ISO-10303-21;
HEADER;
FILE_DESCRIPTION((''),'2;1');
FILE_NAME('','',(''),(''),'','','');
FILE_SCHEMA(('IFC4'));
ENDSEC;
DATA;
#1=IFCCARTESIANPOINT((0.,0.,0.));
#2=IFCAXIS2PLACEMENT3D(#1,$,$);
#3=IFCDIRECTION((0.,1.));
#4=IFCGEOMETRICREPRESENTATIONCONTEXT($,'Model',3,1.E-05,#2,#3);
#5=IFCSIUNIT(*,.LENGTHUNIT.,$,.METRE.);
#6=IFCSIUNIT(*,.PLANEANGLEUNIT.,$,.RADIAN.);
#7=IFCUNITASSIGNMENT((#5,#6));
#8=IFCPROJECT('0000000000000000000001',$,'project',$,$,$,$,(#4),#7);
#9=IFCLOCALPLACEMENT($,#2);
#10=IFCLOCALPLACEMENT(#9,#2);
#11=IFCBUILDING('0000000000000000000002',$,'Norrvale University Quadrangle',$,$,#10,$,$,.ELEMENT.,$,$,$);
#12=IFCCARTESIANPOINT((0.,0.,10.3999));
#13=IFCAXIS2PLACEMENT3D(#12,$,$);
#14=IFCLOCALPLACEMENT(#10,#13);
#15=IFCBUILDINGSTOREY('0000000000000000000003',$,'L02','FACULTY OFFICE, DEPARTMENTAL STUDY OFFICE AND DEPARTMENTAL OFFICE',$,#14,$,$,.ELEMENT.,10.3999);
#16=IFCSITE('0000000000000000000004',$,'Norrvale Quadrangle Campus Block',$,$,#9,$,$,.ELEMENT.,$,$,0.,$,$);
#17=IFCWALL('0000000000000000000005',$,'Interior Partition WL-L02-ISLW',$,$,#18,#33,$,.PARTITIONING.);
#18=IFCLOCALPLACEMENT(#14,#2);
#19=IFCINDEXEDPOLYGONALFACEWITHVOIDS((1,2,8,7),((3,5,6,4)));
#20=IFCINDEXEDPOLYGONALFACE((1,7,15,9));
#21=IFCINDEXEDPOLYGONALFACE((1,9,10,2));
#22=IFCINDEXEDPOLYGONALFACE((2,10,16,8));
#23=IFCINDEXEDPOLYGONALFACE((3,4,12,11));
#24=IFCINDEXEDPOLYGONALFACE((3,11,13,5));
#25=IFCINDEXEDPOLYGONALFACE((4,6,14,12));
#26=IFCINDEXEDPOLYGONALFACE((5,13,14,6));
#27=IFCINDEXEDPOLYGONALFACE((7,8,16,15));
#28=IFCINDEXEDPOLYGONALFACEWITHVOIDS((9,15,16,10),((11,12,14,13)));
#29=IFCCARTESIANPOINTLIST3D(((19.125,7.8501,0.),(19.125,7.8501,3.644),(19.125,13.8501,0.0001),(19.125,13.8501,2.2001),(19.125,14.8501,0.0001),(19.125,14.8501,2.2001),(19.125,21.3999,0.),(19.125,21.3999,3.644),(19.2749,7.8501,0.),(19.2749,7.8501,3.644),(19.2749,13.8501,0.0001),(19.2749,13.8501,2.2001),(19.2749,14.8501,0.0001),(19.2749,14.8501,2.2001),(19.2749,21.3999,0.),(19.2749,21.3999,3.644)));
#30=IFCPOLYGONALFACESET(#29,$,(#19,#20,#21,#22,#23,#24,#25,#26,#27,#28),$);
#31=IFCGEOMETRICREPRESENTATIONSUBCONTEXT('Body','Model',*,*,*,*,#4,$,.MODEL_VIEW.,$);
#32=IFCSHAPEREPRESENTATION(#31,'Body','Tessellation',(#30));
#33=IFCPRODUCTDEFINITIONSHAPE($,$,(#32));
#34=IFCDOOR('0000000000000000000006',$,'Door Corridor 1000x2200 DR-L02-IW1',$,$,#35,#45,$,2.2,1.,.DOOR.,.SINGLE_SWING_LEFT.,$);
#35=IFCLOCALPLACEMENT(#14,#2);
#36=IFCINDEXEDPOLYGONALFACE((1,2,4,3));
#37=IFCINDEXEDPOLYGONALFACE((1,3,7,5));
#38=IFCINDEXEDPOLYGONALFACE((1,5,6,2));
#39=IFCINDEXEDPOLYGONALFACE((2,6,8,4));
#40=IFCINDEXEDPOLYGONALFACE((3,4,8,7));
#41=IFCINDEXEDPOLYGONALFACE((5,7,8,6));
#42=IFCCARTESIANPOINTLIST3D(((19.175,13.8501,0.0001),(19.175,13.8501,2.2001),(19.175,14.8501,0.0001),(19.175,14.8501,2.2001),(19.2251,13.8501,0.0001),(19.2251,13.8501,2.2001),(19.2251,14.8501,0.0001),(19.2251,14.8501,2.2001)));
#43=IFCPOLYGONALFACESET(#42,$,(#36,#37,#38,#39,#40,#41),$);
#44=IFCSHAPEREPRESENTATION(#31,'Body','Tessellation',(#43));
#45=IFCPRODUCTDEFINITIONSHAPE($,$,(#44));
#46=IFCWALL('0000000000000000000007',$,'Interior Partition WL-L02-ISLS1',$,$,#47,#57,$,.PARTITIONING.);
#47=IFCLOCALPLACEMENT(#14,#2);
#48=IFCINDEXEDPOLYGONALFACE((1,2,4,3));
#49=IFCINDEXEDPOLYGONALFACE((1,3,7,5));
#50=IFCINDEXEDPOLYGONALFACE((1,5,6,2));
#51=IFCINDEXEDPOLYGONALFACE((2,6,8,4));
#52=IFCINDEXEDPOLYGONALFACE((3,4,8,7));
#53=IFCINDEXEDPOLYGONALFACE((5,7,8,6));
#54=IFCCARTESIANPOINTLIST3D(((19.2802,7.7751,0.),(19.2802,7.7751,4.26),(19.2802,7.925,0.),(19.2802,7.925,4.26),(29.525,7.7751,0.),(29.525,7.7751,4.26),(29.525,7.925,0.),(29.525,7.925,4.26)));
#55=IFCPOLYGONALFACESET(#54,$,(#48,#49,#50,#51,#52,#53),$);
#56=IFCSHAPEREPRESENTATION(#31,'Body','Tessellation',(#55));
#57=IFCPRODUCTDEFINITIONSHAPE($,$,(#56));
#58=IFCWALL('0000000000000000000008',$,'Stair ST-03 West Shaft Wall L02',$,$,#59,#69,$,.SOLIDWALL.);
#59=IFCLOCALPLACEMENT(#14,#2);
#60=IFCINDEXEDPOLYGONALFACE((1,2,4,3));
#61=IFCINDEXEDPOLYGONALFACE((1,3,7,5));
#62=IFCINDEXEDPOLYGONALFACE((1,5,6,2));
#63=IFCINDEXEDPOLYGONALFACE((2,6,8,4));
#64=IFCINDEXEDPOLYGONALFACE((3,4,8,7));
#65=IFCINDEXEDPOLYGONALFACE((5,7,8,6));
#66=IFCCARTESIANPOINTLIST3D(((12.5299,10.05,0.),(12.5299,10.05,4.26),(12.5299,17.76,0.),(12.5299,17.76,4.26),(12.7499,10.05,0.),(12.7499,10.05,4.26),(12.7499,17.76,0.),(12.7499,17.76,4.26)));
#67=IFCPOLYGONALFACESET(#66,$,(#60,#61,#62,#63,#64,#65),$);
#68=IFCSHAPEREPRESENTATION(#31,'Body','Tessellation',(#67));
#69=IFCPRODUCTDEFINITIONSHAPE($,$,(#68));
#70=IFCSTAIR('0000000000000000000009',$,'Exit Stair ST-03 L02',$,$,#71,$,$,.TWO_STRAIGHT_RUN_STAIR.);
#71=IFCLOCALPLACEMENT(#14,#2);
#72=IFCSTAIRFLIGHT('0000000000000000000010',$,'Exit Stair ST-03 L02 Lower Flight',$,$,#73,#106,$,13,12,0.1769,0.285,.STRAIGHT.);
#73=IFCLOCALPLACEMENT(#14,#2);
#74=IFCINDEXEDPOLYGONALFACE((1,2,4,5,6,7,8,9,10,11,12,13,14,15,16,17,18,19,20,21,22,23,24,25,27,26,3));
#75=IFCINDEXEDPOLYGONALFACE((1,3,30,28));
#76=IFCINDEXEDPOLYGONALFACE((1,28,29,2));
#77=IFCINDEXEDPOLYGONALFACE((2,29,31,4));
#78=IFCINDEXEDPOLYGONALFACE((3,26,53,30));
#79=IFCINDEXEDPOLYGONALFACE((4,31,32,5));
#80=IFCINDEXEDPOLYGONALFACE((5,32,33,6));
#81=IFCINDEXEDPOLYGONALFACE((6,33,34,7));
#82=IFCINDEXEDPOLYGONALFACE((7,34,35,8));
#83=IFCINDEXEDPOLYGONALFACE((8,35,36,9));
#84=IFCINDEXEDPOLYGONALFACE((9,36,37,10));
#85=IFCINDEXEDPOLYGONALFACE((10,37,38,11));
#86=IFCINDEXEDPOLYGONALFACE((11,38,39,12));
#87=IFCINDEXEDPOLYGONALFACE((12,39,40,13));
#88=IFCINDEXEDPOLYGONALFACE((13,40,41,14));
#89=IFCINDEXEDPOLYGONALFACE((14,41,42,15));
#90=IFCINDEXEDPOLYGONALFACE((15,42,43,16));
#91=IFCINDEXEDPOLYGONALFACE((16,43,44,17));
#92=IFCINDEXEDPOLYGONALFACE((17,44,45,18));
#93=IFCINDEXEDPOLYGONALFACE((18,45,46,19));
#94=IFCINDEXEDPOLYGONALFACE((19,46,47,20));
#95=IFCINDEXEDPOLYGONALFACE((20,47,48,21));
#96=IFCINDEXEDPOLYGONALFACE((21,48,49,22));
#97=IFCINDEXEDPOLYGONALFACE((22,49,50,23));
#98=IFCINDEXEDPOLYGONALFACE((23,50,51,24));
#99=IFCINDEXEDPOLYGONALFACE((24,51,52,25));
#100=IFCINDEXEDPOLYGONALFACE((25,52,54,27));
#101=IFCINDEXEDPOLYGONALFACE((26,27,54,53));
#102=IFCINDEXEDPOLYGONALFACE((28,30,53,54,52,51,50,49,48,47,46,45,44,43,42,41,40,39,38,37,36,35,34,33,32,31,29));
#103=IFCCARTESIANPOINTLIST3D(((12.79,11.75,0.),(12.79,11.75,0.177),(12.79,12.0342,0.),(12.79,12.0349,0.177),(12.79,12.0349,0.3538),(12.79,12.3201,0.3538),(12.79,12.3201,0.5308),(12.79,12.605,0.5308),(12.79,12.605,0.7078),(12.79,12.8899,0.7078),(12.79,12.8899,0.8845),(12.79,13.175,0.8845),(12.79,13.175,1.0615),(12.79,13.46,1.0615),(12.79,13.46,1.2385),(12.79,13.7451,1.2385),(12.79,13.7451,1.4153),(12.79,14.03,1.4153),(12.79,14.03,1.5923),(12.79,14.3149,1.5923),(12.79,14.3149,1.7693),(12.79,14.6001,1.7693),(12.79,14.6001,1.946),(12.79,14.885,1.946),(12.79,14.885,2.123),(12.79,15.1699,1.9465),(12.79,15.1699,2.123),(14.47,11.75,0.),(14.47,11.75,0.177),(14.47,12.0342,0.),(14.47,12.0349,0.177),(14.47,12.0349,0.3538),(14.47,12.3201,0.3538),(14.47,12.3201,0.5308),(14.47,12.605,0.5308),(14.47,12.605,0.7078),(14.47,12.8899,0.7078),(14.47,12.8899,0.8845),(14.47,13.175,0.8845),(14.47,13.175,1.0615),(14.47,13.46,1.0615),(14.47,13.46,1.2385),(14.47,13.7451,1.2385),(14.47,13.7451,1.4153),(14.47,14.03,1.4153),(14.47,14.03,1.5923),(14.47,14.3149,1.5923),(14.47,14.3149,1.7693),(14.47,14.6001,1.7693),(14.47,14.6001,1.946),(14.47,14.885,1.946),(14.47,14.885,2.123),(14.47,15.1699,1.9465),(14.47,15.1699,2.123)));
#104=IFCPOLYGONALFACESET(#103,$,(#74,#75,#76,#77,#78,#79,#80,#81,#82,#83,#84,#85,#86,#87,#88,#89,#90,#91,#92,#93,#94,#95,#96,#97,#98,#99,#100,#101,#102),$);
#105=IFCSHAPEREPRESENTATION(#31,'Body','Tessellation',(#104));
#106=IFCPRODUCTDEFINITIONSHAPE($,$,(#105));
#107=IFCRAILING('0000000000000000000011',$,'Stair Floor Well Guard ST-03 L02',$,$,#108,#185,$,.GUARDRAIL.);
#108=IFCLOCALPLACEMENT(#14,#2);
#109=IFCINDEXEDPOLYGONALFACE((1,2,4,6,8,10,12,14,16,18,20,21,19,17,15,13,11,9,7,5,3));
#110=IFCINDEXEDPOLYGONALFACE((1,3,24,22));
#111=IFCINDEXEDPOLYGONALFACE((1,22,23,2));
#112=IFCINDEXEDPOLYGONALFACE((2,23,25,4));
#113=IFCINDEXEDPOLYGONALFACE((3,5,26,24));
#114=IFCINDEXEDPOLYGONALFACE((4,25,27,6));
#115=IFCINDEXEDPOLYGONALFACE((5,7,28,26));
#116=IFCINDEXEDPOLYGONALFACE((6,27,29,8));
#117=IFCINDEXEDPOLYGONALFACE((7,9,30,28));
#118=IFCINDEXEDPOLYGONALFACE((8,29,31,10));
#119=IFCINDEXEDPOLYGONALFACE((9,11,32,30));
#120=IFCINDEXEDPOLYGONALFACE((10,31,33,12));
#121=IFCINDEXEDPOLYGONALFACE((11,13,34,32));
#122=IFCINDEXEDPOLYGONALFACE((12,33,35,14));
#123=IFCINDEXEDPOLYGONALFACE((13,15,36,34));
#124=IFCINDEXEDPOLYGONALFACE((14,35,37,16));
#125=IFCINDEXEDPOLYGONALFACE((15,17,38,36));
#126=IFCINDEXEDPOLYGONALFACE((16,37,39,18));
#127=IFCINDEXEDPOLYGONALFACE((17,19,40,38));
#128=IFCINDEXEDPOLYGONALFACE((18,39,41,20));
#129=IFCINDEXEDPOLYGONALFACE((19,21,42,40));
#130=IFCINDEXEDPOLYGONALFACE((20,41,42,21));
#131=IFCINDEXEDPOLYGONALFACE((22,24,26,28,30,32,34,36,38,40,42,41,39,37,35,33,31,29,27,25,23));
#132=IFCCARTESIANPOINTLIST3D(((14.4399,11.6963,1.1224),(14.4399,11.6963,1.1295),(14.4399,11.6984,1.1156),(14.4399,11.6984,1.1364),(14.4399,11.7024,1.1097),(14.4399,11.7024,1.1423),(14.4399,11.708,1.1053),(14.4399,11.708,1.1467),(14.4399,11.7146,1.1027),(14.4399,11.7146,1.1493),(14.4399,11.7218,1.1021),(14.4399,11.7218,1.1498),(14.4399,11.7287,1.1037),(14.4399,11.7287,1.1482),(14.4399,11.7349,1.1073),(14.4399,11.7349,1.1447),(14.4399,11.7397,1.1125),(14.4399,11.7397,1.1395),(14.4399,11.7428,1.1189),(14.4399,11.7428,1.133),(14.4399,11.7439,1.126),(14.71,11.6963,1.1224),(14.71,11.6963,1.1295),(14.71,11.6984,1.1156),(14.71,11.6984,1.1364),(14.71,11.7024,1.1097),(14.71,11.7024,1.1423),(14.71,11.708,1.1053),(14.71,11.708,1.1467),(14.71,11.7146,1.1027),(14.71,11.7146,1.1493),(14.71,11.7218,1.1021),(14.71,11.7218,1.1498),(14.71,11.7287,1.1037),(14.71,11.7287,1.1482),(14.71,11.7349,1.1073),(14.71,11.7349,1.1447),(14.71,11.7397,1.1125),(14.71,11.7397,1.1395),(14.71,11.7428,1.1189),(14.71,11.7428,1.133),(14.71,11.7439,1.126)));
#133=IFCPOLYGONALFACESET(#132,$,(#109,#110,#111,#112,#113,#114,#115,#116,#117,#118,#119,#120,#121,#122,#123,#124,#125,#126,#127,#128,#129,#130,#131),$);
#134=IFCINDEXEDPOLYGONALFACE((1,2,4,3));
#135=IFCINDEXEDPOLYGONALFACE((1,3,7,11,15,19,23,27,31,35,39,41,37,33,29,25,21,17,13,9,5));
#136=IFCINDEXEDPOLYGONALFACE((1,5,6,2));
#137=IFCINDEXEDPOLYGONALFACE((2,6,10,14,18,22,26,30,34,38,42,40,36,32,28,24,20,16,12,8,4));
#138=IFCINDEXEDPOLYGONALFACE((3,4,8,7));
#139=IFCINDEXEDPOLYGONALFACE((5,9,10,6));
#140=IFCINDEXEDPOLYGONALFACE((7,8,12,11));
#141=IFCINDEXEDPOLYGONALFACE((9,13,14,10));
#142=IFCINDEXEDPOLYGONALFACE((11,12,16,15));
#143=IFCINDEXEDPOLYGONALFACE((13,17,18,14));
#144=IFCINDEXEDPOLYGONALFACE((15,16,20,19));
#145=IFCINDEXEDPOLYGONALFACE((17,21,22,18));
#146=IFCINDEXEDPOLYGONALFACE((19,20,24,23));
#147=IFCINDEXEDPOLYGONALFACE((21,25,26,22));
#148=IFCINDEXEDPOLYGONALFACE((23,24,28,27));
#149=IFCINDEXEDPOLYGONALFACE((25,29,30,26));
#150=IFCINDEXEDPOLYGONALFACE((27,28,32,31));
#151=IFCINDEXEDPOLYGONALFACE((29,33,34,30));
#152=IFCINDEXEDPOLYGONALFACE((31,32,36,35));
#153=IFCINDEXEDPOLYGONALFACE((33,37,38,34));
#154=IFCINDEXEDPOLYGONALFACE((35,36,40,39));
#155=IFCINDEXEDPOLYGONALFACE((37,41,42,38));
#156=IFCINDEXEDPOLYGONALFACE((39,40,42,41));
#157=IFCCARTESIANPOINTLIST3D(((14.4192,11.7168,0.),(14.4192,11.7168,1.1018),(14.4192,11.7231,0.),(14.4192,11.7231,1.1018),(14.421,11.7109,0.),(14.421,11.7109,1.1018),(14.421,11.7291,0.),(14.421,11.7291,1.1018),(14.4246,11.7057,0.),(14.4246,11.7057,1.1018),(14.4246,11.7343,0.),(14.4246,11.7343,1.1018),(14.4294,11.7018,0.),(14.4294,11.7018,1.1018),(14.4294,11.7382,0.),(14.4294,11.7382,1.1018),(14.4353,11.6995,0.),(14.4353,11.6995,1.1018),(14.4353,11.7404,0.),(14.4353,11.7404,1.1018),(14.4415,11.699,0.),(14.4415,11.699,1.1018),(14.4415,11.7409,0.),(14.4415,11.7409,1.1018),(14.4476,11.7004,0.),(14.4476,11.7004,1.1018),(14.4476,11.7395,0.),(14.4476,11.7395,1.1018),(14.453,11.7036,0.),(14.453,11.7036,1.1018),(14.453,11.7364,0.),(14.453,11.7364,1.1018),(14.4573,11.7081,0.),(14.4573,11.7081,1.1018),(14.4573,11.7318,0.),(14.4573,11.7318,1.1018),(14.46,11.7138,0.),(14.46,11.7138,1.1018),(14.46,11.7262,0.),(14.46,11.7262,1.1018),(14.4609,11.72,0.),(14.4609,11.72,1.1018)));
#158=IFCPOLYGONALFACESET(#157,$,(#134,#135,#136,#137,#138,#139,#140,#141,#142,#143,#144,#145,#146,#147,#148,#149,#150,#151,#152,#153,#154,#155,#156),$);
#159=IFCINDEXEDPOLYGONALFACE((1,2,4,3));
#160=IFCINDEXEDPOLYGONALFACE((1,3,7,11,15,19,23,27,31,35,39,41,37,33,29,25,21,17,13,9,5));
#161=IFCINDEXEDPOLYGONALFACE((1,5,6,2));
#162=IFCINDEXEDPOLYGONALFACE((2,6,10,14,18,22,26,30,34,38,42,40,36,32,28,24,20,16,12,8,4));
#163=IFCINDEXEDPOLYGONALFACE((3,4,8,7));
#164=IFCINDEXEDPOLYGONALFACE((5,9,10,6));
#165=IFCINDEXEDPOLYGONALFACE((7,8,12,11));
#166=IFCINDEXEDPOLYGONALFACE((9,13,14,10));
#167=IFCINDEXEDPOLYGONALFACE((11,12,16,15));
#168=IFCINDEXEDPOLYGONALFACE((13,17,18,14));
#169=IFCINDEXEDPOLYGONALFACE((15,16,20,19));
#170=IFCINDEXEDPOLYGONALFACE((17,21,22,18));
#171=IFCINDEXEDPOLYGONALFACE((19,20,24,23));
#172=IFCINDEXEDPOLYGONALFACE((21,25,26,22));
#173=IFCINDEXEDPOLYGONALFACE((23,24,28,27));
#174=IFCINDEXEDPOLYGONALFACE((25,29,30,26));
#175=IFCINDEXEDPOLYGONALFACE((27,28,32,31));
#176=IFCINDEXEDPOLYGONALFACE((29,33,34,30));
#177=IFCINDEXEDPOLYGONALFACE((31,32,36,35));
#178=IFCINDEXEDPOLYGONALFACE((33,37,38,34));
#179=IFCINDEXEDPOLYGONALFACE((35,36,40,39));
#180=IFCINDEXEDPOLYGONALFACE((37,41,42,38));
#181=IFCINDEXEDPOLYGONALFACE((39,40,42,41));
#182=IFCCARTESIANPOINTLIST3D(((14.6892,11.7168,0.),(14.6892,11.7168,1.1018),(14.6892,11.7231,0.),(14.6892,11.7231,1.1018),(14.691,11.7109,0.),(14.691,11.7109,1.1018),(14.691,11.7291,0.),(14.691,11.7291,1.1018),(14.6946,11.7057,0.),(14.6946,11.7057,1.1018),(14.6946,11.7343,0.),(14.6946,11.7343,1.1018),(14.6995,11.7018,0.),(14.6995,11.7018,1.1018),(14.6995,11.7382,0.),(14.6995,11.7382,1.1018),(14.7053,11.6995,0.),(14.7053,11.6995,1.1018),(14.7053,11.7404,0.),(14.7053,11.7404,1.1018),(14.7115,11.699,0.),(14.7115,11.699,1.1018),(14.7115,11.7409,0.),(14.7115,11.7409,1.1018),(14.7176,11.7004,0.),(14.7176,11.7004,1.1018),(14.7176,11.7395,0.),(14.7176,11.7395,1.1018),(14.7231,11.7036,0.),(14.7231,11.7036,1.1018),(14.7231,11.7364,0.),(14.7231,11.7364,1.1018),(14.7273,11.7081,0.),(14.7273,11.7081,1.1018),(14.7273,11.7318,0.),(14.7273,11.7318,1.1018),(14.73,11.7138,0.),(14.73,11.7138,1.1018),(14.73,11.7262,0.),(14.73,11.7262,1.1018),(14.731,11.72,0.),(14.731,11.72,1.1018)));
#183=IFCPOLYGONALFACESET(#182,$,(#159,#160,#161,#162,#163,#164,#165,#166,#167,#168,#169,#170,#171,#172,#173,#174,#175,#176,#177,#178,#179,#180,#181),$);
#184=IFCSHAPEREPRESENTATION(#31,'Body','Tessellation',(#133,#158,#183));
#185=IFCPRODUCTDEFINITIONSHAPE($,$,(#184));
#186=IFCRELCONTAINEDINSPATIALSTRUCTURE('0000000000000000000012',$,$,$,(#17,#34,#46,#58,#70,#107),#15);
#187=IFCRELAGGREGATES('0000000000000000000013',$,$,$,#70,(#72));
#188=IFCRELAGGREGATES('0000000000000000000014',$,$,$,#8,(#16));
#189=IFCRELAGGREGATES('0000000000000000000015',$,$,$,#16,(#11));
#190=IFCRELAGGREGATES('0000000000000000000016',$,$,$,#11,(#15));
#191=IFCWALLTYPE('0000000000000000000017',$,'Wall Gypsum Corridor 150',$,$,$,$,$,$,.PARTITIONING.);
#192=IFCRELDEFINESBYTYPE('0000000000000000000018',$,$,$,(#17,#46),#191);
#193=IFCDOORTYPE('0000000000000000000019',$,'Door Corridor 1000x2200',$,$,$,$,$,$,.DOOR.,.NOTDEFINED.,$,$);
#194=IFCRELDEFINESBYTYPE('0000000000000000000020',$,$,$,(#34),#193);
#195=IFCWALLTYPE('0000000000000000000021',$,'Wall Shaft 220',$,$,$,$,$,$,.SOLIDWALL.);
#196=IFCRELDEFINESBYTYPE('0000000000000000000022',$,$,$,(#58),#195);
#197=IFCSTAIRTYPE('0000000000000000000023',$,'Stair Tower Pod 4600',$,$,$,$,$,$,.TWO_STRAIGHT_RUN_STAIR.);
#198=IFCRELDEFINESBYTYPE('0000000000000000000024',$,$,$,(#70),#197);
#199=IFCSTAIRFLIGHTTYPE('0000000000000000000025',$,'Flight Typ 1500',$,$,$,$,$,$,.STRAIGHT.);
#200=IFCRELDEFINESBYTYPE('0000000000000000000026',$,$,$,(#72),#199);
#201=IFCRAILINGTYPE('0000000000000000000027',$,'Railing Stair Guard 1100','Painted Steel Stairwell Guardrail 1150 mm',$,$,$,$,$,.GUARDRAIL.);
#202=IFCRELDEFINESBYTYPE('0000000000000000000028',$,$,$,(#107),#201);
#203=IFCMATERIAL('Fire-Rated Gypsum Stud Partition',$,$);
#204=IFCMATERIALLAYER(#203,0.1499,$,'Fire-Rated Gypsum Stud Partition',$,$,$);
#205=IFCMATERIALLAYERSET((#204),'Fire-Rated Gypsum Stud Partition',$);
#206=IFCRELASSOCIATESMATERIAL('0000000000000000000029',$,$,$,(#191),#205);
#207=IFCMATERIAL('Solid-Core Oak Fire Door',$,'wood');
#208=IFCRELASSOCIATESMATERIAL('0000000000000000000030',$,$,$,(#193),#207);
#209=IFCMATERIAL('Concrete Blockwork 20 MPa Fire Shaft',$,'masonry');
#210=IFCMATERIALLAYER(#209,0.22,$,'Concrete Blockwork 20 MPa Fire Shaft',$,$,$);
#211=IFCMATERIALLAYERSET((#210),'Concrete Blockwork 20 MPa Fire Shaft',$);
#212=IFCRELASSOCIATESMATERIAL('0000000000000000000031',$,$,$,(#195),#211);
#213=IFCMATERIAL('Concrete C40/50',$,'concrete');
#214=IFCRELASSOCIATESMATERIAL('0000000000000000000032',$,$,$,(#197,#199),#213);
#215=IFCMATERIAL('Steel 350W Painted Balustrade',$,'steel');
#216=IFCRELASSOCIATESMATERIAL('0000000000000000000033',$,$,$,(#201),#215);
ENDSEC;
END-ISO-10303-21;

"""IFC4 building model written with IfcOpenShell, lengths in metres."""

from ifc_helpers import new_model, si_unit, direction, frame, frame_2d, origin, origin_2d, place, context, subcontext, project, spatial, polyline, rectangle, circle, outline, extrude, material, layer, layer_set, type_object, element, fill, aggregate, save


model = new_model("IFC4")

# Units and contexts
model_context = context("Model", 3, precision=1e-05, world=origin(), true_north=direction((0.0, 1.0)))
body_context = subcontext(model_context, "Body", "Model", "MODEL_VIEW")
ifc_project = project(units=[si_unit("LENGTHUNIT", "METRE"), si_unit("PLANEANGLEUNIT", "RADIAN")], contexts=[model_context])

# Site, building, storey
site_placement = place(None, origin())
site = spatial("IfcSite", under=ifc_project, at=site_placement, Name="Norrvale Quadrangle Campus Block", CompositionType="ELEMENT", RefElevation=0.0)
building_placement = place(site_placement, origin())
building = spatial("IfcBuilding", under=site, at=building_placement, Name="Norrvale University Quadrangle", CompositionType="ELEMENT")
storey_placement = place(building_placement, frame((0.0, 0.0, 10.3999)))
storey = spatial("IfcBuildingStorey", under=building, at=storey_placement, Name="L02", Description="FACULTY OFFICE, DEPARTMENTAL STUDY OFFICE AND DEPARTMENTAL OFFICE", CompositionType="ELEMENT", Elevation=10.3999)

# Shared definitions
ifc_material_1 = material(Name="Fire-Rated Gypsum Stud Partition")
ifc_layer_1 = layer(ifc_material_1, 0.1499, Name="Fire-Rated Gypsum Stud Partition")
ifc_layer_set_1 = layer_set([ifc_layer_1], Name="Fire-Rated Gypsum Stud Partition")
wall_type_1 = type_object("IfcWallType", Name="Wall Gypsum Corridor 150", PredefinedType="PARTITIONING", material=ifc_layer_set_1)

# Wall, opening, door
wall_1_placement = place(storey_placement, frame((19.2, 7.8501, 0.0), z_axis=(0.0, 0.0, 1.0), x_axis=(0.0, 1.0, 0.0)))
wall_1 = element("IfcWall", 1, at=wall_1_placement, inside=storey, type_object=wall_type_1, Name="Interior Partition WL-L02-ISLW", PredefinedType="PARTITIONING", context=body_context, shape_type="SweptSolid", body=[
    extrude(rectangle(XDim=13.5498, YDim=0.1499, at=frame_2d((6.7749, 0.0))), origin(), (0.0, 0.0, 1.0), 3.644),
])
opening_1_placement = place(wall_1_placement, frame((6.0, 0.0, 0.0)))
opening_1 = element("IfcOpeningElement", 2, at=opening_1_placement, cuts=wall_1, PredefinedType="OPENING", context=body_context, shape_type="SweptSolid", body=[
    extrude(rectangle(XDim=1.0, YDim=2.2, at=frame_2d((0.5, 1.1001))), frame((0.0, 0.0869, 0.0), z_axis=(0.0, -1.0, 0.0), x_axis=(1.0, 0.0, 0.0)), (0.0, 0.0, 1.0), 0.1738),
])
ifc_material_2 = material(Name="Solid-Core Oak Fire Door", Category="wood")
door_type_1 = type_object("IfcDoorType", Name="Door Corridor 1000x2200", OperationType="NOTDEFINED", PredefinedType="DOOR", material=ifc_material_2)
door_1_placement = place(opening_1_placement, origin())
door_1 = element("IfcDoor", 3, at=door_1_placement, inside=storey, type_object=door_type_1, Name="Door Corridor 1000x2200 DR-L02-IW1", OperationType="SINGLE_SWING_LEFT", OverallHeight=2.2, OverallWidth=1.0, PredefinedType="DOOR", context=body_context, shape_type="SweptSolid", body=[
    extrude(rectangle(XDim=1.0, YDim=2.2, at=frame_2d((0.5, 1.1001))), frame((0.0, 0.0249, 0.0), z_axis=(0.0, -1.0, 0.0), x_axis=(1.0, 0.0, 0.0)), (0.0, 0.0, 1.0), 0.05),
])
fill(opening_1, door_1)

# Walls
wall_2_placement = place(storey_placement, frame((19.28, 7.8501, 0.0), z_axis=(0.0, 0.0, 1.0), x_axis=(1.0, 0.0, 0.0)))
element("IfcWall", 4, at=wall_2_placement, inside=storey, type_object=wall_type_1, Name="Interior Partition WL-L02-ISLS1", PredefinedType="PARTITIONING", context=body_context, shape_type="SweptSolid", body=[
    extrude(rectangle(XDim=10.2449, YDim=0.1499, at=frame_2d((5.1226, 0.0))), origin(), (0.0, 0.0, 1.0), 4.26),
])
ifc_material_3 = material(Name="Concrete Blockwork 20 MPa Fire Shaft", Category="masonry")
ifc_layer_2 = layer(ifc_material_3, 0.22, Name="Concrete Blockwork 20 MPa Fire Shaft")
ifc_layer_set_2 = layer_set([ifc_layer_2], Name="Concrete Blockwork 20 MPa Fire Shaft")
wall_type_2 = type_object("IfcWallType", Name="Wall Shaft 220", PredefinedType="SOLIDWALL", material=ifc_layer_set_2)
wall_3_placement = place(storey_placement, frame((12.6399, 10.05, 0.0), z_axis=(0.0, 0.0, 1.0), x_axis=(0.0, 1.0, 0.0)))
element("IfcWall", 5, at=wall_3_placement, inside=storey, type_object=wall_type_2, Name="Stair ST-03 West Shaft Wall L02", PredefinedType="SOLIDWALL", context=body_context, shape_type="SweptSolid", body=[
    extrude(rectangle(XDim=7.71, YDim=0.22, at=frame_2d((3.855, 0.0))), origin(), (0.0, 0.0, 1.0), 4.26),
])

# Stair, stair flight
ifc_material_4 = material(Name="Concrete C40/50", Category="concrete")
stair_type = type_object("IfcStairType", Name="Stair Tower Pod 4600", PredefinedType="TWO_STRAIGHT_RUN_STAIR", material=ifc_material_4)
stair_placement = place(storey_placement, origin())
stair = element("IfcStair", 6, at=stair_placement, inside=storey, type_object=stair_type, Name="Exit Stair ST-03 L02", PredefinedType="TWO_STRAIGHT_RUN_STAIR")
stair_flight_type = type_object("IfcStairFlightType", Name="Flight Typ 1500", PredefinedType="STRAIGHT", material=ifc_material_4)
stair_flight_placement = place(storey_placement, frame((13.6299, 11.75, 0.0), z_axis=(0.0, 0.0, 1.0), x_axis=(0.0, 1.0, 0.0)))
stair_flight = element("IfcStairFlight", 7, at=stair_flight_placement, type_object=stair_flight_type, Name="Exit Stair ST-03 L02 Lower Flight", NumberOfRisers=13, NumberOfTreads=12, PredefinedType="STRAIGHT", RiserHeight=0.1769, TreadLength=0.285, context=body_context, shape_type="SweptSolid", body=[
    extrude(outline(polyline([(0.0, 0.0), (0.0, 0.177), (0.2849, 0.177), (0.2849, 0.3538), (0.5701, 0.3538), (0.5701, 0.5308), (0.855, 0.5308), (0.855, 0.7078), (1.1399, 0.7078), (1.1399, 0.8845), (1.425, 0.8845), (1.425, 1.0615), (1.71, 1.0615), (1.71, 1.2385), (1.9951, 1.2385), (1.9951, 1.4153), (2.28, 1.4153), (2.28, 1.5923), (2.5649, 1.5923), (2.5649, 1.7693), (2.8501, 1.7693), (2.8501, 1.946), (3.135, 1.946), (3.135, 2.123), (3.4199, 2.123), (3.4199, 2.3), (3.4199, 1.9465), (0.2842, 0.0), (0.0, 0.0)])), frame((0.0, 0.8398, 0.0), z_axis=(0.0, -1.0, 0.0), x_axis=(1.0, 0.0, 0.0)), (0.0, 0.0, 1.0), 1.6799),
])
aggregate(stair, [stair_flight])

# Railing
ifc_material_5 = material(Name="Steel 350W Painted Balustrade", Category="steel")
railing_type_1 = type_object("IfcRailingType", Name="Railing Stair Guard 1100", Description="Painted Steel Stairwell Guardrail 1150 mm", PredefinedType="GUARDRAIL", material=ifc_material_5)
railing_1_placement = place(storey_placement, frame((14.4399, 11.72, 0.0)))
element("IfcRailing", 8, at=railing_1_placement, inside=storey, type_object=railing_type_1, Name="Stair Floor Well Guard ST-03 L02", PredefinedType="GUARDRAIL", context=body_context, shape_type="SweptSolid", body=[
    extrude(circle(Radius=0.0239, at=origin_2d()), frame((0.0, 0.0, 1.126), z_axis=(1.0, 0.0, 0.0), x_axis=(0.0, 1.0, 0.0)), (0.0, 0.0, 1.0), 0.27),
    extrude(circle(Radius=0.021, at=origin_2d()), origin(), (0.0, 0.0, 1.0), 1.1018),
    extrude(circle(Radius=0.021, at=origin_2d()), frame((0.27, 0.0, 0.0)), (0.0, 0.0, 1.0), 1.1018),
])

save(model, "model.ifc")
